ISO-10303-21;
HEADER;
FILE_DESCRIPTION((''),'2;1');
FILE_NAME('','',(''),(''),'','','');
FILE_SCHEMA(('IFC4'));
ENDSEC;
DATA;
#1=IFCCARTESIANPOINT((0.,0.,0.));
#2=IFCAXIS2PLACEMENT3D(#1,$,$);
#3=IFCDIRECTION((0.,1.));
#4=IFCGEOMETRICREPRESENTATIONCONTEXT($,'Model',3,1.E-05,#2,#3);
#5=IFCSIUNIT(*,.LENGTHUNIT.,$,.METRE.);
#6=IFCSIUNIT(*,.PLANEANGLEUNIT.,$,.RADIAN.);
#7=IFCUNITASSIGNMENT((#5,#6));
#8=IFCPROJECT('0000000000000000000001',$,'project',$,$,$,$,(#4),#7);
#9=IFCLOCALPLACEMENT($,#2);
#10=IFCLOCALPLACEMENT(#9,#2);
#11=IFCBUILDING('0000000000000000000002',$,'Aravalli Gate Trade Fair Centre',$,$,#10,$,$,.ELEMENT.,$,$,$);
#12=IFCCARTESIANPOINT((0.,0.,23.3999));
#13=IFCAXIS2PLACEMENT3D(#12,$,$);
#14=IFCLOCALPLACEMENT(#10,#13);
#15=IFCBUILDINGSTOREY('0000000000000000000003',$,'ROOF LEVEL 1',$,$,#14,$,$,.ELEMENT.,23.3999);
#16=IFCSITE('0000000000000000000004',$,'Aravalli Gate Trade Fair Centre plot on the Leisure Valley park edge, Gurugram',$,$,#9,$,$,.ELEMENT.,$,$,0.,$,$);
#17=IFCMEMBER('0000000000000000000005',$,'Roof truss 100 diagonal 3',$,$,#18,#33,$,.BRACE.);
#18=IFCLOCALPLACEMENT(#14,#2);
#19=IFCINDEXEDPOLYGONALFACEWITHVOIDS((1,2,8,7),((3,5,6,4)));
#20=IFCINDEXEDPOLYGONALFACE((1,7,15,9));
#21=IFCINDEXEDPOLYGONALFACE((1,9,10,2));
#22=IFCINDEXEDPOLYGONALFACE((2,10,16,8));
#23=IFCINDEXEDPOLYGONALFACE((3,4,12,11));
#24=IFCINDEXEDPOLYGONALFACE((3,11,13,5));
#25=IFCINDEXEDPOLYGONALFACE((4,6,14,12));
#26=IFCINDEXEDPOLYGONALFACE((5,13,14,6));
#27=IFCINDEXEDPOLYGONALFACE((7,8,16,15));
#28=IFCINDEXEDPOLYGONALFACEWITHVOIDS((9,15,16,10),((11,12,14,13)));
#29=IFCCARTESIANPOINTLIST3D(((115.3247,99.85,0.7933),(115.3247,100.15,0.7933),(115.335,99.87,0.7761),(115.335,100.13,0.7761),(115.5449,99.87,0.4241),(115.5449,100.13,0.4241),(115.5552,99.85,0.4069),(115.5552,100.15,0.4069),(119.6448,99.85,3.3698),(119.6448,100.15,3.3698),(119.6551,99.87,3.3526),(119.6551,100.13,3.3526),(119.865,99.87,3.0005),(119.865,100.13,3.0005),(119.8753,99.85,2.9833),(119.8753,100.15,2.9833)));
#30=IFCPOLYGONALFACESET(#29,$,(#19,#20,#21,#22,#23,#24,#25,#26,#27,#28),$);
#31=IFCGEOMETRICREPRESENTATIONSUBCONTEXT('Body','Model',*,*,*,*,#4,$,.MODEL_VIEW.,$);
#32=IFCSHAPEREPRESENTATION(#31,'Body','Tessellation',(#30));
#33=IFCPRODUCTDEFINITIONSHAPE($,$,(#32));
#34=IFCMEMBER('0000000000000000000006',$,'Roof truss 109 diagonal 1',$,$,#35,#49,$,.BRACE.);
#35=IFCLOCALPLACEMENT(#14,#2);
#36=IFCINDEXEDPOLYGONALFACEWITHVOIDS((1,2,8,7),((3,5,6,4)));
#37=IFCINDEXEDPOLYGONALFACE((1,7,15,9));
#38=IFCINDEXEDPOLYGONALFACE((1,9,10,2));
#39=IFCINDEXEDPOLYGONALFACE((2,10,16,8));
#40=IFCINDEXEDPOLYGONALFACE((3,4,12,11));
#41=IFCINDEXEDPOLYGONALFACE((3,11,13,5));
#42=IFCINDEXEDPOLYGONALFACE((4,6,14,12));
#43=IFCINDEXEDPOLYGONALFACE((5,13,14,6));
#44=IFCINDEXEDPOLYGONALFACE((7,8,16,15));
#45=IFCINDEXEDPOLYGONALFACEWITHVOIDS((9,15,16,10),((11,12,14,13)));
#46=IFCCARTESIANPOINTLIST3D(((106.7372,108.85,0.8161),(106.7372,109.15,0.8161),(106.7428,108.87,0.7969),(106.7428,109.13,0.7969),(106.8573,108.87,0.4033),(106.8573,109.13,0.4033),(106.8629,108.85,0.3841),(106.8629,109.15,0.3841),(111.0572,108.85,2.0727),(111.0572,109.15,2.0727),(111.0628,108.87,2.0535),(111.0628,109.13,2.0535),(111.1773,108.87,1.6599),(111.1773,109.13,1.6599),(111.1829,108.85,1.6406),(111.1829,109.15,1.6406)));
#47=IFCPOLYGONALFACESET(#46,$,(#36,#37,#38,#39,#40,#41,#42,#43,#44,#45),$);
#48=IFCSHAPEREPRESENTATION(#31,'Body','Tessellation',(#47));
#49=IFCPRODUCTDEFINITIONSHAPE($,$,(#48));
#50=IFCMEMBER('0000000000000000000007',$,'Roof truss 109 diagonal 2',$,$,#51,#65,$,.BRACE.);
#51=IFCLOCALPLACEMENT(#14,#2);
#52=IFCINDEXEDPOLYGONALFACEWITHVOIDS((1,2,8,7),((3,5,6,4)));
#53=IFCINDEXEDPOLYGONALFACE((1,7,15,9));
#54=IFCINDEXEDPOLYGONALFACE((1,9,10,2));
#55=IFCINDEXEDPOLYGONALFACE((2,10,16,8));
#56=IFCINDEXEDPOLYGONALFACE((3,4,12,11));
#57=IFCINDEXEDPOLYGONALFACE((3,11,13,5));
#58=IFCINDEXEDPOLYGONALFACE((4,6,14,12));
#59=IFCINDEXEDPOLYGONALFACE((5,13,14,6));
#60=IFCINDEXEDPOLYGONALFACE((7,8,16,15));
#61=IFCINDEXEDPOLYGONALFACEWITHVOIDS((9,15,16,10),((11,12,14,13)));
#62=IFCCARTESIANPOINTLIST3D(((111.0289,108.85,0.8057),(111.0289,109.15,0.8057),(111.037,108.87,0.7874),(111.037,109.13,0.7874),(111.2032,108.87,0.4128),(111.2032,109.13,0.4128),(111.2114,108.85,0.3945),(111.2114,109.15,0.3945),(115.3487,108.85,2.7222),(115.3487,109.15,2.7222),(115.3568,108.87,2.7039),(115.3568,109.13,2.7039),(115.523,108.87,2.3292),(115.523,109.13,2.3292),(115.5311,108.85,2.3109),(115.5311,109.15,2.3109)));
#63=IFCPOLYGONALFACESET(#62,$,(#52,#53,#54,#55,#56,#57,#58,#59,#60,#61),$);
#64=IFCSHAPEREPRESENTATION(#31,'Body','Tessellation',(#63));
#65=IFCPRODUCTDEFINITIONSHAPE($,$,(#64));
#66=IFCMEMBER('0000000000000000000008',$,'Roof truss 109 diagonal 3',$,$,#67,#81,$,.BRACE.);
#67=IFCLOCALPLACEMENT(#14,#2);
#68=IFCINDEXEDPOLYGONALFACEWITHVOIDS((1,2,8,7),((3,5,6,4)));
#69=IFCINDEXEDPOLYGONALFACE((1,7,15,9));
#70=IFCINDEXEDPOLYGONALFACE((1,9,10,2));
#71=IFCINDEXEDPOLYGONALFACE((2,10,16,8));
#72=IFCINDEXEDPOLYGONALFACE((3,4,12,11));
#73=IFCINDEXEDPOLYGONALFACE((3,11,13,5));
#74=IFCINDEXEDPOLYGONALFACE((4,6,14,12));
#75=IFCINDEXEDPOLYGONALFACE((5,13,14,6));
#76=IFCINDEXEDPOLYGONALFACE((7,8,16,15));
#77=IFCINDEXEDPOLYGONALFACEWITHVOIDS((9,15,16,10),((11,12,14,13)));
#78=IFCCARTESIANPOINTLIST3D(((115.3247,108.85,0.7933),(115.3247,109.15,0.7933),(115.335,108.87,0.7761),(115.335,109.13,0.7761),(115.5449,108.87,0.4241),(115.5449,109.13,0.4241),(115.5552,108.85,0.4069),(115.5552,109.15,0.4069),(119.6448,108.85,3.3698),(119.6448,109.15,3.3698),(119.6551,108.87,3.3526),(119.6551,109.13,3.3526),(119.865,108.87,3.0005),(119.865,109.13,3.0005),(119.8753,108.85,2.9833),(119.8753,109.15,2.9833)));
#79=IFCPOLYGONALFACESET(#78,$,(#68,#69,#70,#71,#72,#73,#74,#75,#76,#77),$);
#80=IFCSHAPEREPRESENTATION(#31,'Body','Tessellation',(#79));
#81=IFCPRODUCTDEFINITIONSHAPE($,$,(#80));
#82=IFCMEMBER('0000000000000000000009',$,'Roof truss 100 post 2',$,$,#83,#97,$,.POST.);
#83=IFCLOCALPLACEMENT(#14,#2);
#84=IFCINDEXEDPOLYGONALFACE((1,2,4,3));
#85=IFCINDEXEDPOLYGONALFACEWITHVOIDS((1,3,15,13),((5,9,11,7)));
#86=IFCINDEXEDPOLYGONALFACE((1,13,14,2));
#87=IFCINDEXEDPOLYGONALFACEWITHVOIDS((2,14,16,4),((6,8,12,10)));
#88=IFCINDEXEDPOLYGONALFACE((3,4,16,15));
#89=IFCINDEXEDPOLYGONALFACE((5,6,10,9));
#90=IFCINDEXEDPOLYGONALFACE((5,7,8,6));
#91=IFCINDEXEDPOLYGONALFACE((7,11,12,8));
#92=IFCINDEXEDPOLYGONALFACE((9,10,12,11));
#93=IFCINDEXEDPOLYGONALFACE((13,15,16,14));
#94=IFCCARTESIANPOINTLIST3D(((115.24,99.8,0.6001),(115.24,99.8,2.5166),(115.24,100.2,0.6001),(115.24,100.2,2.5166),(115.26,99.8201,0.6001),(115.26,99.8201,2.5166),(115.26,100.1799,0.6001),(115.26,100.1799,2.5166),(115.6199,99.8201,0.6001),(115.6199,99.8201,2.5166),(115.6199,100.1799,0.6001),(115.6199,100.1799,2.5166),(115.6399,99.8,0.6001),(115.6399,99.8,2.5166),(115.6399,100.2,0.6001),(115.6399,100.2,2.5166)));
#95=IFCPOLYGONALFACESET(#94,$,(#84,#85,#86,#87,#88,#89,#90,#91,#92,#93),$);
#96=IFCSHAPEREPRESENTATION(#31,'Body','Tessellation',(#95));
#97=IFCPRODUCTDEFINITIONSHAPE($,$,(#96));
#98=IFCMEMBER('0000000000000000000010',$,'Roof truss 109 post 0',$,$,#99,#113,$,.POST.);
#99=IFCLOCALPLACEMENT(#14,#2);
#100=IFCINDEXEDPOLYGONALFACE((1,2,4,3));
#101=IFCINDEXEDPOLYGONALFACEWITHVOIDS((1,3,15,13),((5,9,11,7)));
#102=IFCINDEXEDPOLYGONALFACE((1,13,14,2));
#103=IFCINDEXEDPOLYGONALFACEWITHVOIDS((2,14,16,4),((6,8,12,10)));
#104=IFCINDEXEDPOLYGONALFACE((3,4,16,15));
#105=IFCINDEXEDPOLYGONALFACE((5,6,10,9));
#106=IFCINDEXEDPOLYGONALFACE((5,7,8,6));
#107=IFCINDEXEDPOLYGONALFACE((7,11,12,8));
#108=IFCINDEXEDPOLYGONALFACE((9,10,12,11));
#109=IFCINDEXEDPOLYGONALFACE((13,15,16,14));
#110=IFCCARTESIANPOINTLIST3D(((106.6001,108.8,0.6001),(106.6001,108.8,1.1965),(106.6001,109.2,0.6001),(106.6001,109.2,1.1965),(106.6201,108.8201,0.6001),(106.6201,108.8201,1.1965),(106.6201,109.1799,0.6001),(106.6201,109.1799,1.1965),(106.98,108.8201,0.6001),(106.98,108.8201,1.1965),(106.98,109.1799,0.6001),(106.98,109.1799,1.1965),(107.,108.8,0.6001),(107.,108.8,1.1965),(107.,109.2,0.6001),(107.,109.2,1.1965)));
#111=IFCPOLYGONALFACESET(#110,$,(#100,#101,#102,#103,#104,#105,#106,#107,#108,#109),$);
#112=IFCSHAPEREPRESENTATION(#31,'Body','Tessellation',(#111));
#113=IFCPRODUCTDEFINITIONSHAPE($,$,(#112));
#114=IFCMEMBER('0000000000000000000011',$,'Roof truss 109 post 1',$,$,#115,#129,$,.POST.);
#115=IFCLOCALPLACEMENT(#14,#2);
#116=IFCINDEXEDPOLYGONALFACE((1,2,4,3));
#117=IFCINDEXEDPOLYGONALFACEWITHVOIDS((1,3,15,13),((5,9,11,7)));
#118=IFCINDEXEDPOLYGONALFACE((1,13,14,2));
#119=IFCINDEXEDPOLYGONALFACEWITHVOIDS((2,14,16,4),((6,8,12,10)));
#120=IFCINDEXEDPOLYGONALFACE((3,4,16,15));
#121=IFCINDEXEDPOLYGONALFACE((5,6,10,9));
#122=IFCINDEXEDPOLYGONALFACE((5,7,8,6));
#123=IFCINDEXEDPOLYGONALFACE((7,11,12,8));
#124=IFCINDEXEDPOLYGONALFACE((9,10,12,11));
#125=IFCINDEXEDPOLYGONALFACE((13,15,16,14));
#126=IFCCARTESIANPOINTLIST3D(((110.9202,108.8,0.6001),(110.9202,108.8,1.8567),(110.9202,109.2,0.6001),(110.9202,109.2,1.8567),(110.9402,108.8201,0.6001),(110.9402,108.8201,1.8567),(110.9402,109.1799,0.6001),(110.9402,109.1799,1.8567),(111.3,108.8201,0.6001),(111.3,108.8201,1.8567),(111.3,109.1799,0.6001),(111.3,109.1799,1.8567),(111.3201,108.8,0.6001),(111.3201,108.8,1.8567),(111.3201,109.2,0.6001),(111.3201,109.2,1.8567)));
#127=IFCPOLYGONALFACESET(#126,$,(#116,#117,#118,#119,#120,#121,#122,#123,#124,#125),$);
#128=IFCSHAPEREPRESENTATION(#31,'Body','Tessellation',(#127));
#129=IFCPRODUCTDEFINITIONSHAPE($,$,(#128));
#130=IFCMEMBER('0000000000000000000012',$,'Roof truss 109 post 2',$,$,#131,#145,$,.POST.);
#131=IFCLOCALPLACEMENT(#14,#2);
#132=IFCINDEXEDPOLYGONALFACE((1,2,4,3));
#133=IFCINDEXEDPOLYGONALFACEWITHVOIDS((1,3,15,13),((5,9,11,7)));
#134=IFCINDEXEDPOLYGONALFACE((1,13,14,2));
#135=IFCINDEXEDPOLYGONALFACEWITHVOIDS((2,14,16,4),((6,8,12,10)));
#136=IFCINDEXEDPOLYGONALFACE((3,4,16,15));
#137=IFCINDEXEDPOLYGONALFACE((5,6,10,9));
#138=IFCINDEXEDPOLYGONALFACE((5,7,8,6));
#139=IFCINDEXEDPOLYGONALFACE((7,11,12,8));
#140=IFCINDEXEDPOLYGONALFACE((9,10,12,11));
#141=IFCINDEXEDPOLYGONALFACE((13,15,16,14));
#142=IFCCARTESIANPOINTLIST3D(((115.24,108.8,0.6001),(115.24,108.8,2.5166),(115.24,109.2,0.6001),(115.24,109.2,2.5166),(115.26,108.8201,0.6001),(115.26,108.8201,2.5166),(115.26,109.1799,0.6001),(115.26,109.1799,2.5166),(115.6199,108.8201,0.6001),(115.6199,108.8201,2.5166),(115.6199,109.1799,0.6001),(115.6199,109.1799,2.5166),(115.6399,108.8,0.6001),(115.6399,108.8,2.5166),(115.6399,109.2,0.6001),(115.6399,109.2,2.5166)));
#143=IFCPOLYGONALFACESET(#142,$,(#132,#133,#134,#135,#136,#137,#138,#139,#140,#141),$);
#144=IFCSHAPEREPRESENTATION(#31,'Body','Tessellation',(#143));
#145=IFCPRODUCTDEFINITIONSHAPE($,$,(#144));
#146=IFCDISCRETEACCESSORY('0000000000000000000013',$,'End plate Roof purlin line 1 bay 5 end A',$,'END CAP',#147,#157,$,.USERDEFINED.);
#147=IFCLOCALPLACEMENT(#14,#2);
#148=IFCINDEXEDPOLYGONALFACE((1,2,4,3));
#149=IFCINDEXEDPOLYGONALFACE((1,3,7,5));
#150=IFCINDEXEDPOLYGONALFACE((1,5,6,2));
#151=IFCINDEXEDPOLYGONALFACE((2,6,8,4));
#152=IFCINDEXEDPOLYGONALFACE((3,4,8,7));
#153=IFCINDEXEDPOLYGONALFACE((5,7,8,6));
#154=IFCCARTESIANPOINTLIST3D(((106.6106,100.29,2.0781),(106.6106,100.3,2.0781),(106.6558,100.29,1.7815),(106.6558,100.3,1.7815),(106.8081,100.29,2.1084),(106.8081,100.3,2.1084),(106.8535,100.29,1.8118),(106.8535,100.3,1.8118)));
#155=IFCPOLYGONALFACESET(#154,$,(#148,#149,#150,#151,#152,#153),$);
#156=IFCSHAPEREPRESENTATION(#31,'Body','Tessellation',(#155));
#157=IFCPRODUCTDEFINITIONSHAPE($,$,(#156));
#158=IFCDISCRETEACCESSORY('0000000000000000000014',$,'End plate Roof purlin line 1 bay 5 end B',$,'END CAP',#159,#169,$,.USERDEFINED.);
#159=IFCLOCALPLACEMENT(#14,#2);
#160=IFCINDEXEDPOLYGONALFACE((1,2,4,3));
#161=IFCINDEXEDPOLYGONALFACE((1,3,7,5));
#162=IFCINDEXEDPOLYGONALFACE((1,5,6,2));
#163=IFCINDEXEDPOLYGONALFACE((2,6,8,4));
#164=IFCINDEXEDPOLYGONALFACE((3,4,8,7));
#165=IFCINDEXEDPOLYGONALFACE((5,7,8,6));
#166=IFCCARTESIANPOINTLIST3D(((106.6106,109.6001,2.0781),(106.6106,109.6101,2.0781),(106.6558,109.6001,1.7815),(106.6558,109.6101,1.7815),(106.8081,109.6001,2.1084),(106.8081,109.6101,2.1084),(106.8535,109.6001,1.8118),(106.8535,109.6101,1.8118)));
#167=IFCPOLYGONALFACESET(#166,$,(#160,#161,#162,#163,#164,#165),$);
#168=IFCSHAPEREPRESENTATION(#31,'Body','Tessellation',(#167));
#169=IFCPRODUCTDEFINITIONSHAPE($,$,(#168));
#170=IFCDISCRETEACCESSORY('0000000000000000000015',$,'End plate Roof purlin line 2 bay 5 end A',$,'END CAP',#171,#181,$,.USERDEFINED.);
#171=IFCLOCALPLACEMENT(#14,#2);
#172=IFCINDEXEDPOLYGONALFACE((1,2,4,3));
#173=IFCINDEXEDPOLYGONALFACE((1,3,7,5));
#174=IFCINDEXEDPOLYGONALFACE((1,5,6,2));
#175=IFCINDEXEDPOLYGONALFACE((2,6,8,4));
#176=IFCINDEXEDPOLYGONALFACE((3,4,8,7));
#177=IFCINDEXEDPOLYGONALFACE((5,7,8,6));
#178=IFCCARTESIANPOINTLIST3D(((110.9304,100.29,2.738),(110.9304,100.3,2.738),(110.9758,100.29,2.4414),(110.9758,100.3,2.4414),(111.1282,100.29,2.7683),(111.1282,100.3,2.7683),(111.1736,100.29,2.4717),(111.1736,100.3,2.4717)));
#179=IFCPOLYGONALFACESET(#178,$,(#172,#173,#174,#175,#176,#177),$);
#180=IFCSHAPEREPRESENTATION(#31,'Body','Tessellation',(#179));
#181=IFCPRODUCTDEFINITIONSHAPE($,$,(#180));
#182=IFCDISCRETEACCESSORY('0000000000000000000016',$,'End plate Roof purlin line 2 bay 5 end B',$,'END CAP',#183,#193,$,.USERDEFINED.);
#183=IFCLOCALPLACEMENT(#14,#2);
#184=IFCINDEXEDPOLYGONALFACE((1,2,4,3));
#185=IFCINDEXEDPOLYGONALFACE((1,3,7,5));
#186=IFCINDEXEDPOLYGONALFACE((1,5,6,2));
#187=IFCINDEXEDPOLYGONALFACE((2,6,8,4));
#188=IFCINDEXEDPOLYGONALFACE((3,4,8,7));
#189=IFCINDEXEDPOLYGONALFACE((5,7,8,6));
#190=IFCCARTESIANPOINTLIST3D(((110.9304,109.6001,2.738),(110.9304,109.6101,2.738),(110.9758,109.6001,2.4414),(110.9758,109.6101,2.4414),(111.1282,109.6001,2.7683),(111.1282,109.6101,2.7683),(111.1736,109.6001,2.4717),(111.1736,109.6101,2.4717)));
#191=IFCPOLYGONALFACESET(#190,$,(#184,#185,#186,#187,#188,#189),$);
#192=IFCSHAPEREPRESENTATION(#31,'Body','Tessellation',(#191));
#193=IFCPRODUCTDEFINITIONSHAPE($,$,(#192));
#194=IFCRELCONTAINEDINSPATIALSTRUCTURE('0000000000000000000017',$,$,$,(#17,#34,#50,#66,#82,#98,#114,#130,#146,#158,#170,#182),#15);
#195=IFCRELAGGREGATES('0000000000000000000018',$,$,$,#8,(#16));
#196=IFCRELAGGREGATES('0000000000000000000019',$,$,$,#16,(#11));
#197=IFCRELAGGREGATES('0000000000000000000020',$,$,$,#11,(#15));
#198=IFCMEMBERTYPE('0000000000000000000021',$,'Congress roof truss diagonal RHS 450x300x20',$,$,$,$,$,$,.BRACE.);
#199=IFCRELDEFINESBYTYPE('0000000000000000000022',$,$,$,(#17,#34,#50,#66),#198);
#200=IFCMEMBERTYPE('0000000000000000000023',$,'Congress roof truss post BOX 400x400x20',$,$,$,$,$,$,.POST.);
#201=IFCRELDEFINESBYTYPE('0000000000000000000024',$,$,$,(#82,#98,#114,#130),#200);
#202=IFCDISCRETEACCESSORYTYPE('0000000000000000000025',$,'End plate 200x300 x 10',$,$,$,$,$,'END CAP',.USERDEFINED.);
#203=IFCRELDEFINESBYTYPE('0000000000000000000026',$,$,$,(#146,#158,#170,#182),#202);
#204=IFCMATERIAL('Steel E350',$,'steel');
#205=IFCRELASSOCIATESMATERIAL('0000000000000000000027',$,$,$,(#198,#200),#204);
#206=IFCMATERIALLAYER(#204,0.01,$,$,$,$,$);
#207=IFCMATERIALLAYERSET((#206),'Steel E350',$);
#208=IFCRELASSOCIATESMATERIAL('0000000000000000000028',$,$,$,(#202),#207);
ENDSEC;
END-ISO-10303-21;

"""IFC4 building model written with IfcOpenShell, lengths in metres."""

from ifc_helpers import new_model, si_unit, direction, frame, origin, origin_2d, place, context, subcontext, project, spatial, polyline, hollow_rectangle, outline, extrude, material, layer, layer_set, material_profile, profile_set, type_object, element, save


model = new_model("IFC4")

# Units and contexts
model_context = context("Model", 3, precision=1e-05, world=origin(), true_north=direction((0.0, 1.0)))
body_context = subcontext(model_context, "Body", "Model", "MODEL_VIEW")
ifc_project = project(units=[si_unit("LENGTHUNIT", "METRE"), si_unit("PLANEANGLEUNIT", "RADIAN")], contexts=[model_context])

# Site, building, storey
site_placement = place(None, origin())
site = spatial("IfcSite", under=ifc_project, at=site_placement, Name="Aravalli Gate Trade Fair Centre plot on the Leisure Valley park edge, Gurugram", CompositionType="ELEMENT", RefElevation=0.0)
building_placement = place(site_placement, origin())
building = spatial("IfcBuilding", under=site, at=building_placement, Name="Aravalli Gate Trade Fair Centre", CompositionType="ELEMENT")
storey_placement = place(building_placement, frame((0.0, 0.0, 23.3999)))
storey = spatial("IfcBuildingStorey", under=building, at=storey_placement, Name="ROOF LEVEL 1", CompositionType="ELEMENT", Elevation=23.3999)

# Members
ifc_material = material(Name="Steel E350", Category="steel")
ifc_material_profile_1 = material_profile(ifc_material, hollow_rectangle(XDim=0.3, YDim=0.45, WallThickness=0.02, at=origin_2d()), Name="RHS 450x300x20")
ifc_profile_set_1 = profile_set([ifc_material_profile_1], Name="Steel E350")
member_type_1 = type_object("IfcMemberType", Name="Congress roof truss diagonal RHS 450x300x20", PredefinedType="BRACE", material=ifc_profile_set_1)
member_1_placement = place(storey_placement, frame((115.4399, 100.0, 0.6001), z_axis=(0.85886, 0.0, 0.51221), x_axis=(0.0, 1.0, 0.0)))
element("IfcMember", 1, at=member_1_placement, inside=storey, type_object=member_type_1, Name="Roof truss 100 diagonal 3", PredefinedType="BRACE", context=body_context, shape_type="SweptSolid", body=[
    extrude(hollow_rectangle(XDim=0.3, YDim=0.45, WallThickness=0.02, at=origin_2d()), origin(), (0.0, 0.0, 1.0), 5.03),
])
member_2_placement = place(storey_placement, frame((106.8, 109.0, 0.6001), z_axis=(0.960205, 0.0, 0.279298), x_axis=(0.0, 1.0, 0.0)))
element("IfcMember", 2, at=member_2_placement, inside=storey, type_object=member_type_1, Name="Roof truss 109 diagonal 1", PredefinedType="BRACE", context=body_context, shape_type="SweptSolid", body=[
    extrude(hollow_rectangle(XDim=0.3, YDim=0.45, WallThickness=0.02, at=origin_2d()), origin(), (0.0, 0.0, 1.0), 4.499),
])
member_3_placement = place(storey_placement, frame((111.1201, 109.0, 0.6001), z_axis=(0.91408, 0.0, 0.405534), x_axis=(0.0, 1.0, 0.0)))
element("IfcMember", 3, at=member_3_placement, inside=storey, type_object=member_type_1, Name="Roof truss 109 diagonal 2", PredefinedType="BRACE", context=body_context, shape_type="SweptSolid", body=[
    extrude(hollow_rectangle(XDim=0.3, YDim=0.45, WallThickness=0.02, at=origin_2d()), origin(), (0.0, 0.0, 1.0), 4.7258),
])
member_4_placement = place(storey_placement, frame((115.4399, 109.0, 0.6001), z_axis=(0.85886, 0.0, 0.51221), x_axis=(0.0, 1.0, 0.0)))
element("IfcMember", 4, at=member_4_placement, inside=storey, type_object=member_type_1, Name="Roof truss 109 diagonal 3", PredefinedType="BRACE", context=body_context, shape_type="SweptSolid", body=[
    extrude(hollow_rectangle(XDim=0.3, YDim=0.45, WallThickness=0.02, at=origin_2d()), origin(), (0.0, 0.0, 1.0), 5.03),
])
ifc_material_profile_2 = material_profile(ifc_material, hollow_rectangle(XDim=0.3999, YDim=0.3999, WallThickness=0.02, at=origin_2d()), Name="BOX 400x400x20")
ifc_profile_set_2 = profile_set([ifc_material_profile_2], Name="Steel E350")
member_type_2 = type_object("IfcMemberType", Name="Congress roof truss post BOX 400x400x20", PredefinedType="POST", material=ifc_profile_set_2)
member_5_placement = place(storey_placement, frame((115.4399, 100.0, 0.6001), z_axis=(0.0, 0.0, 1.0), x_axis=(1.0, 0.0, 0.0)))
element("IfcMember", 5, at=member_5_placement, inside=storey, type_object=member_type_2, Name="Roof truss 100 post 2", PredefinedType="POST", context=body_context, shape_type="SweptSolid", body=[
    extrude(hollow_rectangle(XDim=0.3999, YDim=0.3999, WallThickness=0.02, at=origin_2d()), origin(), (0.0, 0.0, 1.0), 1.9165),
])
member_6_placement = place(storey_placement, frame((106.8, 109.0, 0.6001), z_axis=(0.0, 0.0, 1.0), x_axis=(1.0, 0.0, 0.0)))
element("IfcMember", 6, at=member_6_placement, inside=storey, type_object=member_type_2, Name="Roof truss 109 post 0", PredefinedType="POST", context=body_context, shape_type="SweptSolid", body=[
    extrude(hollow_rectangle(XDim=0.3999, YDim=0.3999, WallThickness=0.02, at=origin_2d()), origin(), (0.0, 0.0, 1.0), 0.5964),
])
member_7_placement = place(storey_placement, frame((111.1201, 109.0, 0.6001), z_axis=(0.0, 0.0, 1.0), x_axis=(1.0, 0.0, 0.0)))
element("IfcMember", 7, at=member_7_placement, inside=storey, type_object=member_type_2, Name="Roof truss 109 post 1", PredefinedType="POST", context=body_context, shape_type="SweptSolid", body=[
    extrude(hollow_rectangle(XDim=0.3999, YDim=0.3999, WallThickness=0.02, at=origin_2d()), origin(), (0.0, 0.0, 1.0), 1.2566),
])
member_8_placement = place(storey_placement, frame((115.4399, 109.0, 0.6001), z_axis=(0.0, 0.0, 1.0), x_axis=(1.0, 0.0, 0.0)))
element("IfcMember", 8, at=member_8_placement, inside=storey, type_object=member_type_2, Name="Roof truss 109 post 2", PredefinedType="POST", context=body_context, shape_type="SweptSolid", body=[
    extrude(hollow_rectangle(XDim=0.3999, YDim=0.3999, WallThickness=0.02, at=origin_2d()), origin(), (0.0, 0.0, 1.0), 1.9165),
])

# Discrete accessories
ifc_layer_1 = layer(ifc_material, 0.01)
ifc_layer_set_1 = layer_set([ifc_layer_1], Name="Steel E350")
discrete_accessory_type_1 = type_object("IfcDiscreteAccessoryType", Name="End plate 200x300 x 10", ElementType="END CAP", PredefinedType="USERDEFINED", material=ifc_layer_set_1)
for number, where, z_axis, x_axis, name in (
    (9, (106.8535, 100.3, 1.8118), (0.0, 1.0, 0.0), (-0.988484, 0.0, -0.151324), "End plate Roof purlin line 1 bay 5 end A"),
    (10, (106.8535, 109.6101, 1.8118), (0.0, 1.0, 0.0), (-0.988484, 0.0, -0.151324), "End plate Roof purlin line 1 bay 5 end B"),
):
    element("IfcDiscreteAccessory", number, at=place(storey_placement, frame(where, z_axis=z_axis, x_axis=x_axis)), inside=storey, type_object=discrete_accessory_type_1, Name=name, ObjectType="END CAP", PredefinedType="USERDEFINED", context=body_context, shape_type="SweptSolid", body=[
        extrude(outline(polyline([(0.0, 0.0), (0.2001, 0.0), (0.1998, 0.3), (0.0, 0.3001), (0.0, 0.0)])), origin(), (0.0, 0.0, -1.0), 0.01),
    ])
for number, where, z_axis, x_axis, name in (
    (11, (111.1736, 100.3, 2.4717), (0.0, 1.0, 0.0), (-0.988484, 0.0, -0.151324), "End plate Roof purlin line 2 bay 5 end A"),
    (12, (111.1736, 109.6101, 2.4717), (0.0, 1.0, 0.0), (-0.988484, 0.0, -0.151324), "End plate Roof purlin line 2 bay 5 end B"),
):
    element("IfcDiscreteAccessory", number, at=place(storey_placement, frame(where, z_axis=z_axis, x_axis=x_axis)), inside=storey, type_object=discrete_accessory_type_1, Name=name, ObjectType="END CAP", PredefinedType="USERDEFINED", context=body_context, shape_type="SweptSolid", body=[
        extrude(outline(polyline([(0.0, 0.0), (0.2001, 0.0), (0.2001, 0.3001), (0.0, 0.3001), (0.0, 0.0)])), origin(), (0.0, 0.0, -1.0), 0.01),
    ])

save(model, "model.ifc")
